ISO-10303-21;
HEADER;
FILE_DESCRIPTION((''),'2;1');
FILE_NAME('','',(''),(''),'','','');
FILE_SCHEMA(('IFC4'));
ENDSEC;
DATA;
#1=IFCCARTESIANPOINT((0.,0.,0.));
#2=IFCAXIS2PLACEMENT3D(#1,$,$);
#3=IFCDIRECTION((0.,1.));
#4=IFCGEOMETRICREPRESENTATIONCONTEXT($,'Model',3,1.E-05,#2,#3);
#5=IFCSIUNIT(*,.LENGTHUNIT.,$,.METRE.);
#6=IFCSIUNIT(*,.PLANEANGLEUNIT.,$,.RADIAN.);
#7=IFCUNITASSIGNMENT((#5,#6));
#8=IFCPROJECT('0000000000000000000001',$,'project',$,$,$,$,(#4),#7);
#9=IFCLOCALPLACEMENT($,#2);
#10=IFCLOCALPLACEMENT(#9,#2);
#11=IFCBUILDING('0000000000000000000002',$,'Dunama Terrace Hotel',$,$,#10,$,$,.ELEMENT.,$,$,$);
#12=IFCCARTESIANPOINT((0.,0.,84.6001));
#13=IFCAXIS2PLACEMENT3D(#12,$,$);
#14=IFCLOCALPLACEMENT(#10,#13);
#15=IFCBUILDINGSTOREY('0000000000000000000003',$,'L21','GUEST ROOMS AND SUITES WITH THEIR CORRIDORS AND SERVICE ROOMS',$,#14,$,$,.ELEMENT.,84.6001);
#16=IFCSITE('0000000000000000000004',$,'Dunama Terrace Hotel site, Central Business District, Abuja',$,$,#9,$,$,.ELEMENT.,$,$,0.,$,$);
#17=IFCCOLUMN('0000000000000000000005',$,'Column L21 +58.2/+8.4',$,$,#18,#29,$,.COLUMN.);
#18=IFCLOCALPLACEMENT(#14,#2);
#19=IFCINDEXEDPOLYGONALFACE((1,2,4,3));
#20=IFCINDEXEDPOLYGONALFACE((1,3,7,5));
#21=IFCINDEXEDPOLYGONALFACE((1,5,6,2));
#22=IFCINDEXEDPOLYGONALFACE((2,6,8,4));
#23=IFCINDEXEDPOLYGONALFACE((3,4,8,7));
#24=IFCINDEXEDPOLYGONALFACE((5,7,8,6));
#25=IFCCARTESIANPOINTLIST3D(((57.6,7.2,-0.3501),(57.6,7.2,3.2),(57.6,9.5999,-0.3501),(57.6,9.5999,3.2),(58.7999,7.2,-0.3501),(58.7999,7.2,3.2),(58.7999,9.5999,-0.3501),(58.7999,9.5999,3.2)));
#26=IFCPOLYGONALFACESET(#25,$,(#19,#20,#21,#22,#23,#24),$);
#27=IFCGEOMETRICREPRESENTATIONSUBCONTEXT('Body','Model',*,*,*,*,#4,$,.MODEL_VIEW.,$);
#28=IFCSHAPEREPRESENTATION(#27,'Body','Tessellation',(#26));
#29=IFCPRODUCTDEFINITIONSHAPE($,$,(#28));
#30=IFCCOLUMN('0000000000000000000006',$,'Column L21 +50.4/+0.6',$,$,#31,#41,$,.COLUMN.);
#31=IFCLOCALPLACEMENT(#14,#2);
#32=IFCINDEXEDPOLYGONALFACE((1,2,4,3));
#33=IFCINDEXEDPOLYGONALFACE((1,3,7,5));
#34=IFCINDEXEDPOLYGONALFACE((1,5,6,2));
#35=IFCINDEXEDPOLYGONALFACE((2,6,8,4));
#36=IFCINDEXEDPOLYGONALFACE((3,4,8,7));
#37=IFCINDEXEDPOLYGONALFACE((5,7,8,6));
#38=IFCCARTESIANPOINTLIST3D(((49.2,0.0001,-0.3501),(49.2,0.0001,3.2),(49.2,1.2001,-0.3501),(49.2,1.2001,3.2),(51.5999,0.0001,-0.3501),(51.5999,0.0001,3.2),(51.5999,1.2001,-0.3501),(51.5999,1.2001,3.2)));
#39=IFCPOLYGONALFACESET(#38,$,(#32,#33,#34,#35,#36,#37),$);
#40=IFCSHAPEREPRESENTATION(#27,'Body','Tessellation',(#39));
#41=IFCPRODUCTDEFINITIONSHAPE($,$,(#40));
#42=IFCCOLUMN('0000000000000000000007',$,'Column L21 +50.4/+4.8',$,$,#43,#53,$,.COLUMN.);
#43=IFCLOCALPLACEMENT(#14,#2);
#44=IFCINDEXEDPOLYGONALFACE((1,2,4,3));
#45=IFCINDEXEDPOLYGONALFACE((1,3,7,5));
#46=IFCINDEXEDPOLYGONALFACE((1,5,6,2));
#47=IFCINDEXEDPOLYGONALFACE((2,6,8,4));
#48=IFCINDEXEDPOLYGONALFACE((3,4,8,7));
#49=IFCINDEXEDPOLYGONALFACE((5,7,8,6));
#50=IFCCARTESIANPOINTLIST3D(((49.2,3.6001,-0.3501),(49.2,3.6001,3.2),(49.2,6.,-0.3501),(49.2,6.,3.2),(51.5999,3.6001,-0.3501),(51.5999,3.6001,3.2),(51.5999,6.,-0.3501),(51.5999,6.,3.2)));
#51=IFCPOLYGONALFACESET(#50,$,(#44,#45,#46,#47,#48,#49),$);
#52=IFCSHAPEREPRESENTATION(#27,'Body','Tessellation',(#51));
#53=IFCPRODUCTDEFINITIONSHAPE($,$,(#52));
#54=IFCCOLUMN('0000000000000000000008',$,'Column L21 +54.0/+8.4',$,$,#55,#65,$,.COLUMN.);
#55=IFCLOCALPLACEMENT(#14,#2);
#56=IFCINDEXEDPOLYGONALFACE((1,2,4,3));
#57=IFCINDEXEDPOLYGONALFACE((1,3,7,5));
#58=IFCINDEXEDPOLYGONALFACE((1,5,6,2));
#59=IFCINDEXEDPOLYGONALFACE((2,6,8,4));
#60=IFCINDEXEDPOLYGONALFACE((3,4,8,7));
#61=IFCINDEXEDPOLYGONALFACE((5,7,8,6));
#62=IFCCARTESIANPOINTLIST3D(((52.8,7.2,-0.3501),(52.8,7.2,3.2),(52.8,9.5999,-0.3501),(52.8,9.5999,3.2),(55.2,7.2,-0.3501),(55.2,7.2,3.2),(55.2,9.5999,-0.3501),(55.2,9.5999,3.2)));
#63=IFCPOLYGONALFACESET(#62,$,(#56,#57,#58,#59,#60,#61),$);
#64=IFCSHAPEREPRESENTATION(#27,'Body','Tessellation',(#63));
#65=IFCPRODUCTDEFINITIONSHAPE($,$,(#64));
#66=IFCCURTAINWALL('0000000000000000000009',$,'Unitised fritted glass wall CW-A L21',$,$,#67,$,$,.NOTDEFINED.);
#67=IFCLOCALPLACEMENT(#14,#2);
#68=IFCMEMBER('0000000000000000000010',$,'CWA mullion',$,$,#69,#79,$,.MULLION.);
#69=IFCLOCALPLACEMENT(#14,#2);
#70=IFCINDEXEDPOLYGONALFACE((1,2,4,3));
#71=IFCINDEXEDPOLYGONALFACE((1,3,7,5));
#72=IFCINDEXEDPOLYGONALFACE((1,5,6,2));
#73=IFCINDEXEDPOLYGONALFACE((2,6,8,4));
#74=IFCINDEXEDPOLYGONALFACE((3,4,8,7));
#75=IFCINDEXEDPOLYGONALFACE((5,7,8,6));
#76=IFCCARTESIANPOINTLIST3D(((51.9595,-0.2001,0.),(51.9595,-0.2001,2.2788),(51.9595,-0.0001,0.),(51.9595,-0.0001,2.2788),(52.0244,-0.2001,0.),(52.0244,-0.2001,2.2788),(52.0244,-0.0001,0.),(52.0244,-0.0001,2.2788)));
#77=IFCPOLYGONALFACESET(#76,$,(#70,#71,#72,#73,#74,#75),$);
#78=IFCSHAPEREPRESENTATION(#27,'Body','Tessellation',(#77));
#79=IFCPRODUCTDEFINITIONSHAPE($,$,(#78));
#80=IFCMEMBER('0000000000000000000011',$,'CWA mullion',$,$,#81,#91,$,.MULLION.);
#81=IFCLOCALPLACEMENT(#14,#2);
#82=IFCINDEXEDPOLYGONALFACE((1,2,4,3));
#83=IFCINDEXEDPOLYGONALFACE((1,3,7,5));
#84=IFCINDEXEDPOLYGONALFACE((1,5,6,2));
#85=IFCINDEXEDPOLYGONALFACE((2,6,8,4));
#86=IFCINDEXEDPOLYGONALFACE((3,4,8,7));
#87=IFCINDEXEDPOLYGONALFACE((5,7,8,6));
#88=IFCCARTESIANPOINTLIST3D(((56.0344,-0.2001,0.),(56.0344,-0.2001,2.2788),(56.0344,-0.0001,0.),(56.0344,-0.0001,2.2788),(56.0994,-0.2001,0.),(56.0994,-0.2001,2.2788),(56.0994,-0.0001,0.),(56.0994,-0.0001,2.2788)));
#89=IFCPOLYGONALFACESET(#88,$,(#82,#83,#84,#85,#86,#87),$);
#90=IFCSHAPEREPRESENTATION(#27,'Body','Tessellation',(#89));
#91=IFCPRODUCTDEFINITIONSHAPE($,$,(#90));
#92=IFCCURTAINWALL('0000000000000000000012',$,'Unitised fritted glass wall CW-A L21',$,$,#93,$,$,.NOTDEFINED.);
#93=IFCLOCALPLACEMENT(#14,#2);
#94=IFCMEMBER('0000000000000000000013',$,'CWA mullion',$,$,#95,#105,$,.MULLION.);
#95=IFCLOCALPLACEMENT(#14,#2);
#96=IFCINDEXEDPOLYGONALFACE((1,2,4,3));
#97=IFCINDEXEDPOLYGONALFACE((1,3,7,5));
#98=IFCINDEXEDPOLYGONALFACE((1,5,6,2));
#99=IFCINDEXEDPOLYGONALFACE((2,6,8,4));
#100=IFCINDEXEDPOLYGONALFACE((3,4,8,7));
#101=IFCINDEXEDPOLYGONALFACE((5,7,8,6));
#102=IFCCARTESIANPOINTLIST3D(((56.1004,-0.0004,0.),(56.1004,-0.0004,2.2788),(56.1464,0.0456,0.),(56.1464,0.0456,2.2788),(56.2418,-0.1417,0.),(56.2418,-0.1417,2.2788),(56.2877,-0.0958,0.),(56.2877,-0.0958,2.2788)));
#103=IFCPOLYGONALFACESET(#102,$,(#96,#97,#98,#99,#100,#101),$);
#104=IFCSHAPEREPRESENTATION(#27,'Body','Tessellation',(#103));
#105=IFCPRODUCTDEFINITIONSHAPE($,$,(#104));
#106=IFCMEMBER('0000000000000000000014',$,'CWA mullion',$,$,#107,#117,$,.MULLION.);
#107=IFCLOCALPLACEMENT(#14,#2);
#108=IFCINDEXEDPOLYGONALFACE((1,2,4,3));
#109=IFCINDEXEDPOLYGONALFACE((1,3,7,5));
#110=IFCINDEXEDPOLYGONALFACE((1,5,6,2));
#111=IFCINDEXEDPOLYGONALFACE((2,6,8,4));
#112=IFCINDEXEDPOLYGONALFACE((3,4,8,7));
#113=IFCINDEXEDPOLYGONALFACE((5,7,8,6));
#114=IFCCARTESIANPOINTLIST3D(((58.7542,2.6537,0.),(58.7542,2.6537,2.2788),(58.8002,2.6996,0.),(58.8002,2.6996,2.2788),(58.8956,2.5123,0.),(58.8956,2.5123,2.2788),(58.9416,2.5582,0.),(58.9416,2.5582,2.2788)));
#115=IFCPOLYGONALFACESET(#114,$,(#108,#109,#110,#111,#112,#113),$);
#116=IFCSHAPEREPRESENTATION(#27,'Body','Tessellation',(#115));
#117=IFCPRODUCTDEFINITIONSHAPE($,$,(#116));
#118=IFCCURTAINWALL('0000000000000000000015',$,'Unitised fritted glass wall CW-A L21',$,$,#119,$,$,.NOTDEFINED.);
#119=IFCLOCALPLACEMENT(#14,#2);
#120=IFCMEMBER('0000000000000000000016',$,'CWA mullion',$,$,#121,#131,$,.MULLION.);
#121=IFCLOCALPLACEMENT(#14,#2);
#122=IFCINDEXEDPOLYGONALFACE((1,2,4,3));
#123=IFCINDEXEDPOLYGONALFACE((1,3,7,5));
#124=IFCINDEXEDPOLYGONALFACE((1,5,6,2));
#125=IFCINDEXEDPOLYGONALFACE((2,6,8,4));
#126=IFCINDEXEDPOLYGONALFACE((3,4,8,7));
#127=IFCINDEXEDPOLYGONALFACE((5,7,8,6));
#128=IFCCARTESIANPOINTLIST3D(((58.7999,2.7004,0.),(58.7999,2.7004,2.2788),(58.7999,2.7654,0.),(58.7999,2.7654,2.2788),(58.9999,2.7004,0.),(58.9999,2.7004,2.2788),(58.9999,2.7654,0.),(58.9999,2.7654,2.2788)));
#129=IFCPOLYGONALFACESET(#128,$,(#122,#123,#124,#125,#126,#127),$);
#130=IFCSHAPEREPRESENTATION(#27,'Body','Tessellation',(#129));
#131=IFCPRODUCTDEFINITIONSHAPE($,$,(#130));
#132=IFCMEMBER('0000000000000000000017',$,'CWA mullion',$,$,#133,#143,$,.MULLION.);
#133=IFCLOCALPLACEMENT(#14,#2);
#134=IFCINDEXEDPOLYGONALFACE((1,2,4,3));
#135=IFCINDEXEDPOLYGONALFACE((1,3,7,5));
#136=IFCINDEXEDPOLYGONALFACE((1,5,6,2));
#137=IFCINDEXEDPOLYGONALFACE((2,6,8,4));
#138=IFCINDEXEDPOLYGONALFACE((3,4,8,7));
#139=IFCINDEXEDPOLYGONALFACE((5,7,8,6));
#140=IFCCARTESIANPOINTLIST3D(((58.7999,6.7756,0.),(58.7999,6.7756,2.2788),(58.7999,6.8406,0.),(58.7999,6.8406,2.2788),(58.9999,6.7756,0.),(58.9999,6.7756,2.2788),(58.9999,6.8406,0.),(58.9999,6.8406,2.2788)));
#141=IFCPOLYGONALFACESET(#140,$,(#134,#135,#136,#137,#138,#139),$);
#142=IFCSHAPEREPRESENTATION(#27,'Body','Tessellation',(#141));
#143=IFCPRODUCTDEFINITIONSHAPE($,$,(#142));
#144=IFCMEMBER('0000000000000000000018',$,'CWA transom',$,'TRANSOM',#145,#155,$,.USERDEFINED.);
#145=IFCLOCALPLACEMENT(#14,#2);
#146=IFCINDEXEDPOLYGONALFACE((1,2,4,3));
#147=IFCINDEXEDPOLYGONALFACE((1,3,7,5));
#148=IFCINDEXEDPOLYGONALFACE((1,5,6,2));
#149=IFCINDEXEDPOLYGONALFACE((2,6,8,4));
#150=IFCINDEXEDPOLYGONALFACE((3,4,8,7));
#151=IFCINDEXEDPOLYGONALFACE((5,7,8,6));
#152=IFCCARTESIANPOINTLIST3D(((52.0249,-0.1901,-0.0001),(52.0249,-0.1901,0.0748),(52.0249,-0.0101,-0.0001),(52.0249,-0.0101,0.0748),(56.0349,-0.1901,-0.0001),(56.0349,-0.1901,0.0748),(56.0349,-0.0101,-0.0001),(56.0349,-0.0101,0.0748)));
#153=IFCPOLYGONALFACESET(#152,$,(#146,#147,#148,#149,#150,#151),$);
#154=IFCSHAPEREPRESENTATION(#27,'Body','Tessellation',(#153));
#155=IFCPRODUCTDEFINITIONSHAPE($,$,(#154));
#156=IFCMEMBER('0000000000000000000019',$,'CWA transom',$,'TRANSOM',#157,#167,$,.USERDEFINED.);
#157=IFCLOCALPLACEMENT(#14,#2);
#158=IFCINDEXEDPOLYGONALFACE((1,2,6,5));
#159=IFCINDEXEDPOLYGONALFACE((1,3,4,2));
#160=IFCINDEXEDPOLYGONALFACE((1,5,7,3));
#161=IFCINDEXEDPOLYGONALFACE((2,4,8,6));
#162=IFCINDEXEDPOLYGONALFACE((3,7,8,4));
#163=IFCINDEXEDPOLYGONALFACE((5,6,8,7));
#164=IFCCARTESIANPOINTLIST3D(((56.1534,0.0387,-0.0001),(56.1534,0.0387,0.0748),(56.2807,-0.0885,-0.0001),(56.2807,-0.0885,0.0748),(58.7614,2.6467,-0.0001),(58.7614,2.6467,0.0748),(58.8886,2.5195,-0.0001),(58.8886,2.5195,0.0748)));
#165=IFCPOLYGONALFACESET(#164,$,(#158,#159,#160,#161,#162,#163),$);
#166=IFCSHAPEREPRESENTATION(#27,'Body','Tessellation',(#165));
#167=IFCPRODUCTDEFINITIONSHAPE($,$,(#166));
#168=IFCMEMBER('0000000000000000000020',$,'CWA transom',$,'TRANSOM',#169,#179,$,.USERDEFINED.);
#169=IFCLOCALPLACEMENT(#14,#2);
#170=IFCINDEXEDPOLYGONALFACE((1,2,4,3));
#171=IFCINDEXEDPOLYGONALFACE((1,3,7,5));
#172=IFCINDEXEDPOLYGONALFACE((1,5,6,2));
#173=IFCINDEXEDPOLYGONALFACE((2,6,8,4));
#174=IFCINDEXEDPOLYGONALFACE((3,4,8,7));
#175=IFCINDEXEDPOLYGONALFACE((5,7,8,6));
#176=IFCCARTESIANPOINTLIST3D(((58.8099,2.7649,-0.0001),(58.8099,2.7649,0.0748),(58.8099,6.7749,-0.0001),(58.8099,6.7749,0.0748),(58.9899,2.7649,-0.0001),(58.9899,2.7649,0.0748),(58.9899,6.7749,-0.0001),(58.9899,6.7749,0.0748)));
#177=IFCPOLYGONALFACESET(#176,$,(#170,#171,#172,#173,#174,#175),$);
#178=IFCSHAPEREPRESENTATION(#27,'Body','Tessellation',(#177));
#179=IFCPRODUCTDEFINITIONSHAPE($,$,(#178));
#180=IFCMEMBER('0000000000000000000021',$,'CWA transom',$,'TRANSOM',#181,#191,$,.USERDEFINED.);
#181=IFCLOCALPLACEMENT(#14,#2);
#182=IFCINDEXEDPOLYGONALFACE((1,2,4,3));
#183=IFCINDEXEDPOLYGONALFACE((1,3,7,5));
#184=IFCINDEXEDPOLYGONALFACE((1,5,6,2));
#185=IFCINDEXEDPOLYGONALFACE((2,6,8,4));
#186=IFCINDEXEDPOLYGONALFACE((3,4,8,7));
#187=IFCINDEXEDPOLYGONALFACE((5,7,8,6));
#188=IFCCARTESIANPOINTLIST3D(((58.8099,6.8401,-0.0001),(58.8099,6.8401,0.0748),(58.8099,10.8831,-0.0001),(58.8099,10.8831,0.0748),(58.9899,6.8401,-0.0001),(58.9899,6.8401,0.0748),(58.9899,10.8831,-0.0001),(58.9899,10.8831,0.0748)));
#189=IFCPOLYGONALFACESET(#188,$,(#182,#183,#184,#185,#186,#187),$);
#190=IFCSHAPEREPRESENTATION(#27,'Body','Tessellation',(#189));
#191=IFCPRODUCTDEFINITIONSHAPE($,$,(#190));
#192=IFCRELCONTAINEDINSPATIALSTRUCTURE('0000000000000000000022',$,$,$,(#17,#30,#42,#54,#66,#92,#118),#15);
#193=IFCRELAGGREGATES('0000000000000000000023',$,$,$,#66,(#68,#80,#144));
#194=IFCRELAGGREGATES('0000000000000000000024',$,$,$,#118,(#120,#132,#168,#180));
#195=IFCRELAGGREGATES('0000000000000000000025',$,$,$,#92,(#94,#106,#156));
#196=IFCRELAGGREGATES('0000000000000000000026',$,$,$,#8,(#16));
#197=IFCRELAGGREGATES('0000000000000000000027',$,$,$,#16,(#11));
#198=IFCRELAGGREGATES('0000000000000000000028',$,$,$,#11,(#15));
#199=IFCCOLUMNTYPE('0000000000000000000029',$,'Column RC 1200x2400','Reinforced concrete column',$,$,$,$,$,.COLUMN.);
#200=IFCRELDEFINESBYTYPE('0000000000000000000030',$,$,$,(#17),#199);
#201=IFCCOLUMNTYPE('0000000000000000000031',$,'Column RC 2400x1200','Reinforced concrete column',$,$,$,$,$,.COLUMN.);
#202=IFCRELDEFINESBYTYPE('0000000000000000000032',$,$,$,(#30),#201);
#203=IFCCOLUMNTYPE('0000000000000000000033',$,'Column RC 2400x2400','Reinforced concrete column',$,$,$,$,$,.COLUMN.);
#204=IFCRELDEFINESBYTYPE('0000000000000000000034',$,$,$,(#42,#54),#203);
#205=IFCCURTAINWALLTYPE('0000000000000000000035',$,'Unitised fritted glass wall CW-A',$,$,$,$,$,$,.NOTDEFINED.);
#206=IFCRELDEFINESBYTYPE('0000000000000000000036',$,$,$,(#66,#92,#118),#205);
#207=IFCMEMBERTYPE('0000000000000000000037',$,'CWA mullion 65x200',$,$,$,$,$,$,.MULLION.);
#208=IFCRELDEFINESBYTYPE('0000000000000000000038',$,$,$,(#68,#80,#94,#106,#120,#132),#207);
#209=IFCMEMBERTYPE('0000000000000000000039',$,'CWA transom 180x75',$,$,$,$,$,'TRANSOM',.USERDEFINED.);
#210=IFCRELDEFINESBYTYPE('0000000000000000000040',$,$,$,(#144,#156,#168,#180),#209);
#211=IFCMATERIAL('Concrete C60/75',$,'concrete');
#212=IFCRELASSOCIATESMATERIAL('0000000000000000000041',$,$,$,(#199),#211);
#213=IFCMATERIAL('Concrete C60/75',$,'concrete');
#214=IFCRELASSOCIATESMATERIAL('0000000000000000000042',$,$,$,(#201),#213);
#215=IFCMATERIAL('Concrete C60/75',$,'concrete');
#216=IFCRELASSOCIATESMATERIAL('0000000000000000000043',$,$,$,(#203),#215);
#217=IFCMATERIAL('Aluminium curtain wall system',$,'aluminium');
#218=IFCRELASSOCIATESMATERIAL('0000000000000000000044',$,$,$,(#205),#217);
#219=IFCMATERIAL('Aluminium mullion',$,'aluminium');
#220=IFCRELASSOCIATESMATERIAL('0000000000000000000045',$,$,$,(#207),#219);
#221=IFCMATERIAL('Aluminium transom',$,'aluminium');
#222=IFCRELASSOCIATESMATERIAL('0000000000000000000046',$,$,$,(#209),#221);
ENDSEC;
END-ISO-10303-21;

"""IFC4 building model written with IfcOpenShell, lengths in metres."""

from ifc_helpers import new_model, si_unit, direction, frame, origin, origin_2d, place, context, subcontext, project, spatial, rectangle, extrude, material, material_profile, profile_set, type_object, element, aggregate, save


model = new_model("IFC4")

# Units and contexts
model_context = context("Model", 3, precision=1e-05, world=origin(), true_north=direction((0.0, 1.0)))
body_context = subcontext(model_context, "Body", "Model", "MODEL_VIEW")
ifc_project = project(units=[si_unit("LENGTHUNIT", "METRE"), si_unit("PLANEANGLEUNIT", "RADIAN")], contexts=[model_context])

# Site, building, storey
site_placement = place(None, origin())
site = spatial("IfcSite", under=ifc_project, at=site_placement, Name="Dunama Terrace Hotel site, Central Business District, Abuja", CompositionType="ELEMENT", RefElevation=0.0)
building_placement = place(site_placement, origin())
building = spatial("IfcBuilding", under=site, at=building_placement, Name="Dunama Terrace Hotel", CompositionType="ELEMENT")
storey_placement = place(building_placement, frame((0.0, 0.0, 84.6001)))
storey = spatial("IfcBuildingStorey", under=building, at=storey_placement, Name="L21", Description="GUEST ROOMS AND SUITES WITH THEIR CORRIDORS AND SERVICE ROOMS", CompositionType="ELEMENT", Elevation=84.6001)

# Columns
ifc_material_1 = material(Name="Concrete C60/75", Category="concrete")
ifc_material_profile_1 = material_profile(ifc_material_1, rectangle(XDim=1.2, YDim=2.3999, at=origin_2d()), Name="RC 1200x2400")
ifc_profile_set_1 = profile_set([ifc_material_profile_1], Name="Concrete C60/75")
column_type_1 = type_object("IfcColumnType", Name="Column RC 1200x2400", Description="Reinforced concrete column", PredefinedType="COLUMN", material=ifc_profile_set_1)
column_1_placement = place(storey_placement, frame((58.2, 8.3999, -0.3501), z_axis=(0.0, 0.0, 1.0), x_axis=(1.0, 0.0, 0.0)))
element("IfcColumn", 1, at=column_1_placement, inside=storey, type_object=column_type_1, Name="Column L21 +58.2/+8.4", PredefinedType="COLUMN", context=body_context, shape_type="SweptSolid", body=[
    extrude(rectangle(XDim=1.2, YDim=2.3999, at=origin_2d()), origin(), (0.0, 0.0, 1.0), 3.55),
])
ifc_material_2 = material(Name="Concrete C60/75", Category="concrete")
ifc_material_profile_2 = material_profile(ifc_material_2, rectangle(XDim=2.3999, YDim=1.2, at=origin_2d()), Name="RC 2400x1200")
ifc_profile_set_2 = profile_set([ifc_material_profile_2], Name="Concrete C60/75")
column_type_2 = type_object("IfcColumnType", Name="Column RC 2400x1200", Description="Reinforced concrete column", PredefinedType="COLUMN", material=ifc_profile_set_2)
column_2_placement = place(storey_placement, frame((50.3999, 0.6001, -0.3501), z_axis=(0.0, 0.0, 1.0), x_axis=(1.0, 0.0, 0.0)))
element("IfcColumn", 2, at=column_2_placement, inside=storey, type_object=column_type_2, Name="Column L21 +50.4/+0.6", PredefinedType="COLUMN", context=body_context, shape_type="SweptSolid", body=[
    extrude(rectangle(XDim=2.3999, YDim=1.2, at=origin_2d()), origin(), (0.0, 0.0, 1.0), 3.55),
])
ifc_material_3 = material(Name="Concrete C60/75", Category="concrete")
ifc_material_profile_3 = material_profile(ifc_material_3, rectangle(XDim=2.3999, YDim=2.3999, at=origin_2d()), Name="RC 2400x2400")
ifc_profile_set_3 = profile_set([ifc_material_profile_3], Name="Concrete C60/75")
column_type_3 = type_object("IfcColumnType", Name="Column RC 2400x2400", Description="Reinforced concrete column", PredefinedType="COLUMN", material=ifc_profile_set_3)
for number, where, z_axis, x_axis, name in (
    (3, (50.3999, 4.8, -0.3501), (0.0, 0.0, 1.0), (1.0, 0.0, 0.0), "Column L21 +50.4/+4.8"),
    (4, (54.0, 8.3999, -0.3501), (0.0, 0.0, 1.0), (1.0, 0.0, 0.0), "Column L21 +54.0/+8.4"),
):
    element("IfcColumn", number, at=place(storey_placement, frame(where, z_axis=z_axis, x_axis=x_axis)), inside=storey, type_object=column_type_3, Name=name, PredefinedType="COLUMN", context=body_context, shape_type="SweptSolid", body=[
        extrude(rectangle(XDim=2.3999, YDim=2.3999, at=origin_2d()), origin(), (0.0, 0.0, 1.0), 3.55),
    ])

# Curtain walls, members
ifc_material_4 = material(Name="Aluminium curtain wall system", Category="aluminium")
curtain_wall_type = type_object("IfcCurtainWallType", Name="Unitised fritted glass wall CW-A", PredefinedType="NOTDEFINED", material=ifc_material_4)
curtain_wall_1_placement = place(storey_placement, origin())
curtain_wall_1 = element("IfcCurtainWall", 5, at=curtain_wall_1_placement, inside=storey, type_object=curtain_wall_type, Name="Unitised fritted glass wall CW-A L21", PredefinedType="NOTDEFINED")
ifc_material_5 = material(Name="Aluminium mullion", Category="aluminium")
ifc_material_profile_4 = material_profile(ifc_material_5, rectangle(XDim=0.0649, YDim=0.2, at=origin_2d()), Name="CWA MULLION 65X200")
ifc_profile_set_4 = profile_set([ifc_material_profile_4], Name="Aluminium mullion")
member_type_1 = type_object("IfcMemberType", Name="CWA mullion 65x200", PredefinedType="MULLION", material=ifc_profile_set_4)
member_1_placement = place(storey_placement, frame((51.9919, -0.1001, 0.0), z_axis=(0.0, 0.0, 1.0), x_axis=(1.0, 0.0, 0.0)))
member_1 = element("IfcMember", 6, at=member_1_placement, type_object=member_type_1, Name="CWA mullion", PredefinedType="MULLION", context=body_context, shape_type="SweptSolid", body=[
    extrude(rectangle(XDim=0.0649, YDim=0.2, at=origin_2d()), origin(), (0.0, 0.0, 1.0), 2.2788),
])
member_2_placement = place(storey_placement, frame((56.0669, -0.1001, 0.0), z_axis=(0.0, 0.0, 1.0), x_axis=(1.0, 0.0, 0.0)))
member_2 = element("IfcMember", 7, at=member_2_placement, type_object=member_type_1, Name="CWA mullion", PredefinedType="MULLION", context=body_context, shape_type="SweptSolid", body=[
    extrude(rectangle(XDim=0.0649, YDim=0.2, at=origin_2d()), origin(), (0.0, 0.0, 1.0), 2.2788),
])
curtain_wall_2_placement = place(storey_placement, origin())
curtain_wall_2 = element("IfcCurtainWall", 8, at=curtain_wall_2_placement, inside=storey, type_object=curtain_wall_type, Name="Unitised fritted glass wall CW-A L21", PredefinedType="NOTDEFINED")
member_3_placement = place(storey_placement, frame((56.1941, -0.0481, 0.0), z_axis=(0.0, 0.0, 1.0), x_axis=(0.707107, 0.707107, 0.0)))
member_3 = element("IfcMember", 9, at=member_3_placement, type_object=member_type_1, Name="CWA mullion", PredefinedType="MULLION", context=body_context, shape_type="SweptSolid", body=[
    extrude(rectangle(XDim=0.0649, YDim=0.2, at=origin_2d()), origin(), (0.0, 0.0, 1.0), 2.2788),
])
member_4_placement = place(storey_placement, frame((58.8479, 2.606, 0.0), z_axis=(0.0, 0.0, 1.0), x_axis=(0.707107, 0.707107, 0.0)))
member_4 = element("IfcMember", 10, at=member_4_placement, type_object=member_type_1, Name="CWA mullion", PredefinedType="MULLION", context=body_context, shape_type="SweptSolid", body=[
    extrude(rectangle(XDim=0.0649, YDim=0.2, at=origin_2d()), origin(), (0.0, 0.0, 1.0), 2.2788),
])
curtain_wall_3_placement = place(storey_placement, origin())
curtain_wall_3 = element("IfcCurtainWall", 11, at=curtain_wall_3_placement, inside=storey, type_object=curtain_wall_type, Name="Unitised fritted glass wall CW-A L21", PredefinedType="NOTDEFINED")
member_5_placement = place(storey_placement, frame((58.8999, 2.7329, 0.0), z_axis=(0.0, 0.0, 1.0), x_axis=(0.0, 1.0, 0.0)))
member_5 = element("IfcMember", 12, at=member_5_placement, type_object=member_type_1, Name="CWA mullion", PredefinedType="MULLION", context=body_context, shape_type="SweptSolid", body=[
    extrude(rectangle(XDim=0.0649, YDim=0.2, at=origin_2d()), origin(), (0.0, 0.0, 1.0), 2.2788),
])
member_6_placement = place(storey_placement, frame((58.8999, 6.8081, 0.0), z_axis=(0.0, 0.0, 1.0), x_axis=(0.0, 1.0, 0.0)))
member_6 = element("IfcMember", 13, at=member_6_placement, type_object=member_type_1, Name="CWA mullion", PredefinedType="MULLION", context=body_context, shape_type="SweptSolid", body=[
    extrude(rectangle(XDim=0.0649, YDim=0.2, at=origin_2d()), origin(), (0.0, 0.0, 1.0), 2.2788),
])

# Members
ifc_material_6 = material(Name="Aluminium transom", Category="aluminium")
ifc_material_profile_5 = material_profile(ifc_material_6, rectangle(XDim=0.1799, YDim=0.075, at=origin_2d()), Name="CWA TRANSOM 180X75")
ifc_profile_set_5 = profile_set([ifc_material_profile_5], Name="Aluminium transom")
member_type_2 = type_object("IfcMemberType", Name="CWA transom 180x75", ElementType="TRANSOM", PredefinedType="USERDEFINED", material=ifc_profile_set_5)
member_7_placement = place(storey_placement, frame((52.0249, -0.1001, 0.0374), z_axis=(1.0, 0.0, 0.0), x_axis=(0.0, 1.0, 0.0)))
member_7 = element("IfcMember", 14, at=member_7_placement, type_object=member_type_2, Name="CWA transom", ObjectType="TRANSOM", PredefinedType="USERDEFINED", context=body_context, shape_type="SweptSolid", body=[
    extrude(rectangle(XDim=0.1799, YDim=0.075, at=origin_2d()), origin(), (0.0, 0.0, 1.0), 4.01),
])
member_8_placement = place(storey_placement, frame((56.217, -0.0249, 0.0374), z_axis=(0.707107, 0.707107, 0.0), x_axis=(-0.707107, 0.707107, 0.0)))
member_8 = element("IfcMember", 15, at=member_8_placement, type_object=member_type_2, Name="CWA transom", ObjectType="TRANSOM", PredefinedType="USERDEFINED", context=body_context, shape_type="SweptSolid", body=[
    extrude(rectangle(XDim=0.1799, YDim=0.075, at=origin_2d()), origin(), (0.0, 0.0, 1.0), 3.6882),
])
member_9_placement = place(storey_placement, frame((58.8999, 2.7649, 0.0374), z_axis=(0.0, 1.0, 0.0), x_axis=(-1.0, 0.0, 0.0)))
member_9 = element("IfcMember", 16, at=member_9_placement, type_object=member_type_2, Name="CWA transom", ObjectType="TRANSOM", PredefinedType="USERDEFINED", context=body_context, shape_type="SweptSolid", body=[
    extrude(rectangle(XDim=0.1799, YDim=0.075, at=origin_2d()), origin(), (0.0, 0.0, 1.0), 4.01),
])
member_10_placement = place(storey_placement, frame((58.8999, 6.8401, 0.0374), z_axis=(0.0, 1.0, 0.0), x_axis=(-1.0, 0.0, 0.0)))
member_10 = element("IfcMember", 17, at=member_10_placement, type_object=member_type_2, Name="CWA transom", ObjectType="TRANSOM", PredefinedType="USERDEFINED", context=body_context, shape_type="SweptSolid", body=[
    extrude(rectangle(XDim=0.1799, YDim=0.075, at=origin_2d()), origin(), (0.0, 0.0, 1.0), 4.043),
])

aggregate(curtain_wall_1, [member_1, member_2, member_7])
aggregate(curtain_wall_3, [member_5, member_6, member_9, member_10])
aggregate(curtain_wall_2, [member_3, member_4, member_8])

save(model, "model.ifc")
